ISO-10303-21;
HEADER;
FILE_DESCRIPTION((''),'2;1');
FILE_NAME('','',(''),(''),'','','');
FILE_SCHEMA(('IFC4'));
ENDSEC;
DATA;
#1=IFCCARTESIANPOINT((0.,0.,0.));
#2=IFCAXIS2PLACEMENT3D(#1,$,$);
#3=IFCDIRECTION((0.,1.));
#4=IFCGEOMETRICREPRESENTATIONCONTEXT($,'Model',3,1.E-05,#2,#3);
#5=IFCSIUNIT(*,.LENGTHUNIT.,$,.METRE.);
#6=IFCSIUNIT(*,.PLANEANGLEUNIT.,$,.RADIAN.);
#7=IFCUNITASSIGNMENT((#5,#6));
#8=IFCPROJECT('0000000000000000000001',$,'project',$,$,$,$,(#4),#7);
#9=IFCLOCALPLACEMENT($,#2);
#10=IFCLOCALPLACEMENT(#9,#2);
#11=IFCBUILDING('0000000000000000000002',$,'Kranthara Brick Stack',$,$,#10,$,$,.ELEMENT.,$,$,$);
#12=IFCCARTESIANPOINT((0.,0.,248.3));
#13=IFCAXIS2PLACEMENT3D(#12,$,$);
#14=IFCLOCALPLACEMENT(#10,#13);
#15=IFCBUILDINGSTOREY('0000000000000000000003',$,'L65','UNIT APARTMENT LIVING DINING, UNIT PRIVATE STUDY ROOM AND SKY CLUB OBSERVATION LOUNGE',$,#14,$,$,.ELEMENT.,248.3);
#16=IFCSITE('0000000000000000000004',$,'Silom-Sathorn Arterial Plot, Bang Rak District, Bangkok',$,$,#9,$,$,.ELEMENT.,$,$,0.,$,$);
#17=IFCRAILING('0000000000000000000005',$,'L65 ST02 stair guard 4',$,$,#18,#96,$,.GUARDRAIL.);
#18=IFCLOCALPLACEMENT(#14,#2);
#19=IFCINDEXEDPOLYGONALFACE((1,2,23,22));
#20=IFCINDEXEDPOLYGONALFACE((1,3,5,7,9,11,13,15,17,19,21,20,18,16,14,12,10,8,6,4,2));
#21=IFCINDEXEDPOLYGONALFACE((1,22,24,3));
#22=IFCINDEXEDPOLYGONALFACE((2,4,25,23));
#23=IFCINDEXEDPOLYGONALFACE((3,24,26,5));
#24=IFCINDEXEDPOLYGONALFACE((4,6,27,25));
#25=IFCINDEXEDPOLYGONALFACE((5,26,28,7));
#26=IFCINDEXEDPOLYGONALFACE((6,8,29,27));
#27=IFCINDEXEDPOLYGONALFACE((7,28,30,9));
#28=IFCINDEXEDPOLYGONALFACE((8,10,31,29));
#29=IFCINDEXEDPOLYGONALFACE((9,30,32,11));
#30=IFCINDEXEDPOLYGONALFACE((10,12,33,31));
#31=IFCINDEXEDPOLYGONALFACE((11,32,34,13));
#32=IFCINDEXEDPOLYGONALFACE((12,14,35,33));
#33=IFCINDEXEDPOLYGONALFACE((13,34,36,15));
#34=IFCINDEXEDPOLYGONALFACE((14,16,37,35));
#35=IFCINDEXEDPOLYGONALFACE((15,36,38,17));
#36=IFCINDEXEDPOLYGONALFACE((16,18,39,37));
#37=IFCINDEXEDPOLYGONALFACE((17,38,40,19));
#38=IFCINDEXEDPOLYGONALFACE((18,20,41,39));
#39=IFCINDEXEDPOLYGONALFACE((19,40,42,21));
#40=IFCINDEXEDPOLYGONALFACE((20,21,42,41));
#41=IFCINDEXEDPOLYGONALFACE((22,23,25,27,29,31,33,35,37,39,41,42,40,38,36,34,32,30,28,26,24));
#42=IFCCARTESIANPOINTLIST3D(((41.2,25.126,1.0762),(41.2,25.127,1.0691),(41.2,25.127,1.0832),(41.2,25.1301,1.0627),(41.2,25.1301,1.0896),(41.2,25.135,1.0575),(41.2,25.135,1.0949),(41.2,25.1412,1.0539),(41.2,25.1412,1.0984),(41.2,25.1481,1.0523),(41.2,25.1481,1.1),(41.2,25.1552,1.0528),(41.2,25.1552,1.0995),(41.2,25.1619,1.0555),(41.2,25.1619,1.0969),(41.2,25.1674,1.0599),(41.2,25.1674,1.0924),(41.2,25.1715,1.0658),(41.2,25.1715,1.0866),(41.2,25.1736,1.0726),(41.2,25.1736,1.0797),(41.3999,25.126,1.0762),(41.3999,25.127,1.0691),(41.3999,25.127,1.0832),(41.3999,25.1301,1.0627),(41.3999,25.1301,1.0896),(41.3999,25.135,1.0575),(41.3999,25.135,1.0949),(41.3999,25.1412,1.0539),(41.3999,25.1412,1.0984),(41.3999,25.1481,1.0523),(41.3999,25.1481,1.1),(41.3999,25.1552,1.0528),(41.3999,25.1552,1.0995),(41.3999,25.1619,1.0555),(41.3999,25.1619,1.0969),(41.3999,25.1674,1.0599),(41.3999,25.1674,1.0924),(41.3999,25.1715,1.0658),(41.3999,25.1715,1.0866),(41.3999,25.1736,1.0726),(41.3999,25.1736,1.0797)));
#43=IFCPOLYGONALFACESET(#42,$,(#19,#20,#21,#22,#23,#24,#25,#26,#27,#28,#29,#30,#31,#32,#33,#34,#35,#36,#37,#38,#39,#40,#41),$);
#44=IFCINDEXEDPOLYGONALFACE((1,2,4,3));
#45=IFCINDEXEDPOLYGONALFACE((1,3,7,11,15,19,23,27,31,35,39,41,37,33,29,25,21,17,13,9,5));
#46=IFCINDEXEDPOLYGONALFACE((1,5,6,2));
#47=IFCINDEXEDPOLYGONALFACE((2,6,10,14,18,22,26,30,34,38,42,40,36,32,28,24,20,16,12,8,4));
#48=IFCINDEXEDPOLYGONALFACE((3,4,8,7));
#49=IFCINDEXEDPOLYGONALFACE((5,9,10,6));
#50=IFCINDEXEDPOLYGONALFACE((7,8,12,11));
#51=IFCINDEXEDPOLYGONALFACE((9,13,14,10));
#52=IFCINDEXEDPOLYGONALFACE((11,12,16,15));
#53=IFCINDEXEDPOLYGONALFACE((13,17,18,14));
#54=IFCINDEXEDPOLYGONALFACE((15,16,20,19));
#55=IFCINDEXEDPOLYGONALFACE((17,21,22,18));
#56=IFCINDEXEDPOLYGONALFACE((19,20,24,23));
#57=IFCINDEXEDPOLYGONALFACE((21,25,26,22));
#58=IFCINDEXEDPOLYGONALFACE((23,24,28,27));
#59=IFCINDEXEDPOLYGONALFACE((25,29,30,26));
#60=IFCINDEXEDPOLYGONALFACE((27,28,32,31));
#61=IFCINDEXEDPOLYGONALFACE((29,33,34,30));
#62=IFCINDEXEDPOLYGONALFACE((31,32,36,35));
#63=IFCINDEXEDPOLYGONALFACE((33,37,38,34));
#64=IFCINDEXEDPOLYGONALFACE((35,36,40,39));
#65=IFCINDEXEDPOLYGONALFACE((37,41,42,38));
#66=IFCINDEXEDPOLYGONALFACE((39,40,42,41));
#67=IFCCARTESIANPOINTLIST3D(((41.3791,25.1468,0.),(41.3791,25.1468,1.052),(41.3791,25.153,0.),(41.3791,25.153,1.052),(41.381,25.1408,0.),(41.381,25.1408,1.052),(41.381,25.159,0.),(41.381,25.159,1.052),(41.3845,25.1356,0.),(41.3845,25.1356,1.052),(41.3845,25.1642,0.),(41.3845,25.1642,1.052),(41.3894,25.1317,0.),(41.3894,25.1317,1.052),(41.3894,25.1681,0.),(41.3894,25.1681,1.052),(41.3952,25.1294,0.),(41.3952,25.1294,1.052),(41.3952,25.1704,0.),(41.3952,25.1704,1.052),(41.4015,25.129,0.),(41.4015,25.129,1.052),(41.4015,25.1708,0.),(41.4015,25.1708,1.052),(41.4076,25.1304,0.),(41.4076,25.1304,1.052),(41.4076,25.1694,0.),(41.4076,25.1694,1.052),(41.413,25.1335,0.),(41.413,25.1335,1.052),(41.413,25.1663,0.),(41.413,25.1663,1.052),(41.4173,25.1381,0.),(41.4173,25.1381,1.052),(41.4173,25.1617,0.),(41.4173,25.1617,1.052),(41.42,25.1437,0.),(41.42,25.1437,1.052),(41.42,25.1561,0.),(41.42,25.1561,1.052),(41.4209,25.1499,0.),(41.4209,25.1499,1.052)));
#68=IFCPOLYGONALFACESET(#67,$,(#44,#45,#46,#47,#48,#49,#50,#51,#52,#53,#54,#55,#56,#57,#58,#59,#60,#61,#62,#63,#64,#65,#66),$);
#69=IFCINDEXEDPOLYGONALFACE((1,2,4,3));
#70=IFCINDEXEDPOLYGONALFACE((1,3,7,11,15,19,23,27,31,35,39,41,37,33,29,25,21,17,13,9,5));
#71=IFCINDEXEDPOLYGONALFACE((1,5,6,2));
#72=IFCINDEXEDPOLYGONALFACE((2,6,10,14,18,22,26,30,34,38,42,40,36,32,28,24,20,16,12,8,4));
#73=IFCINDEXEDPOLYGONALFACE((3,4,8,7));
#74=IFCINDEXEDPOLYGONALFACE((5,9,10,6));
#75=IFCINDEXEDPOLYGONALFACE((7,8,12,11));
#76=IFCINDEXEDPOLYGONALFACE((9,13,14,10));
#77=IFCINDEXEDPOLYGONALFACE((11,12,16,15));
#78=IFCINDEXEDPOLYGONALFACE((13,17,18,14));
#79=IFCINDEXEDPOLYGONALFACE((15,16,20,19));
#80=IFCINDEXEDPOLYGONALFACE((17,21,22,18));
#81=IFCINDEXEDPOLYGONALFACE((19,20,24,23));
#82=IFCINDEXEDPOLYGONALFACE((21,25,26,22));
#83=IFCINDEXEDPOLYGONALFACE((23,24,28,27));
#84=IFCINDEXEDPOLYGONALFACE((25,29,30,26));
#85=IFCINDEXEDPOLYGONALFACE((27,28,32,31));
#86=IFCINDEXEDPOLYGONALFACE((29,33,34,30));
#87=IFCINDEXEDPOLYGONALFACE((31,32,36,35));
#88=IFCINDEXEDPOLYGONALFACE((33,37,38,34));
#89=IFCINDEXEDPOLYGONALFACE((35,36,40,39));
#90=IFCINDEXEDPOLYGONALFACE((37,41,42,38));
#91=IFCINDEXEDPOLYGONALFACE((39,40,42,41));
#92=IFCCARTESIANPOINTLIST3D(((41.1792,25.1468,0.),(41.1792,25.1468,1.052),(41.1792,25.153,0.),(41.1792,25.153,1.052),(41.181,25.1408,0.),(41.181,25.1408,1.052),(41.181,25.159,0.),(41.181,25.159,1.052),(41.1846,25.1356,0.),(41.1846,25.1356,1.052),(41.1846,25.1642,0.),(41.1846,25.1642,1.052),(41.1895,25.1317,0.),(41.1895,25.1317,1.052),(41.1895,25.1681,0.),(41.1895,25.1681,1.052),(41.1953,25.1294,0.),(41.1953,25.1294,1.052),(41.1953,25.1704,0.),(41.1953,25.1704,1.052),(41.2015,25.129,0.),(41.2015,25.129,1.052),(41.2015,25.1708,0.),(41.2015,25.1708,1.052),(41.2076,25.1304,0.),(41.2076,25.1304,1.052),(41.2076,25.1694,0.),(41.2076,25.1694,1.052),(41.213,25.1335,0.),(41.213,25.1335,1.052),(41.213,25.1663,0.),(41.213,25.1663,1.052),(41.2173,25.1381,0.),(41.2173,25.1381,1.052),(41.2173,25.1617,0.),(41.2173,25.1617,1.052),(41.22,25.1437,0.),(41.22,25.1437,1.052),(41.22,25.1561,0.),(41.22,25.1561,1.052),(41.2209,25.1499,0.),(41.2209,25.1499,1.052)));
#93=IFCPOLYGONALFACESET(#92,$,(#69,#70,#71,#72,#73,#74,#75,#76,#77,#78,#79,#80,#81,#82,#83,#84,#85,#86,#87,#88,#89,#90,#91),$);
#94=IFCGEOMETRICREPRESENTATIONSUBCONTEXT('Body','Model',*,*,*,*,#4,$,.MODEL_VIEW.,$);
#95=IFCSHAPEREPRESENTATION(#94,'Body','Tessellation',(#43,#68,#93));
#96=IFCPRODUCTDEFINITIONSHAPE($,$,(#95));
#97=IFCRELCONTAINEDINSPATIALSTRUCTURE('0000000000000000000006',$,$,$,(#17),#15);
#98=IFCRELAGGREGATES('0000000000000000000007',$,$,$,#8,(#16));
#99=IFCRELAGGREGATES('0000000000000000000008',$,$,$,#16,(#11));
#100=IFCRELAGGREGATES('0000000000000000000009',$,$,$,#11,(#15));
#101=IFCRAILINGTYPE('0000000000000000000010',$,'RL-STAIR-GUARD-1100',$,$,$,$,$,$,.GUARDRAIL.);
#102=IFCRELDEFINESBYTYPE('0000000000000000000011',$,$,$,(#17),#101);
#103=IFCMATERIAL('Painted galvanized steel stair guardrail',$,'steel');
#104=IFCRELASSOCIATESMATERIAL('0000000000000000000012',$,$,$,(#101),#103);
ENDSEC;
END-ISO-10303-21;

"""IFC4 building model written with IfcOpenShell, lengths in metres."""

from ifc_helpers import new_model, si_unit, direction, frame, origin, origin_2d, place, context, subcontext, project, spatial, circle, extrude, material, type_object, element, save


model = new_model("IFC4")

# Units and contexts
model_context = context("Model", 3, precision=1e-05, world=origin(), true_north=direction((0.0, 1.0)))
body_context = subcontext(model_context, "Body", "Model", "MODEL_VIEW")
ifc_project = project(units=[si_unit("LENGTHUNIT", "METRE"), si_unit("PLANEANGLEUNIT", "RADIAN")], contexts=[model_context])

# Site, building, storey
site_placement = place(None, origin())
site = spatial("IfcSite", under=ifc_project, at=site_placement, Name="Silom-Sathorn Arterial Plot, Bang Rak District, Bangkok", CompositionType="ELEMENT", RefElevation=0.0)
building_placement = place(site_placement, origin())
building = spatial("IfcBuilding", under=site, at=building_placement, Name="Kranthara Brick Stack", CompositionType="ELEMENT")
storey_placement = place(building_placement, frame((0.0, 0.0, 248.3)))
storey = spatial("IfcBuildingStorey", under=building, at=storey_placement, Name="L65", Description="UNIT APARTMENT LIVING DINING, UNIT PRIVATE STUDY ROOM AND SKY CLUB OBSERVATION LOUNGE", CompositionType="ELEMENT", Elevation=248.3)

# Railing
ifc_material_1 = material(Name="Painted galvanized steel stair guardrail", Category="steel")
railing_type = type_object("IfcRailingType", Name="RL-STAIR-GUARD-1100", PredefinedType="GUARDRAIL", material=ifc_material_1)
railing_1_placement = place(storey_placement, frame((41.3999, 25.1499, 0.0)))
element("IfcRailing", 1, at=railing_1_placement, inside=storey, type_object=railing_type, Name="L65 ST02 stair guard 4", PredefinedType="GUARDRAIL", context=body_context, shape_type="SweptSolid", body=[
    extrude(circle(Radius=0.0239, at=origin_2d()), frame((0.0, 0.0, 1.0762), z_axis=(-1.0, 0.0, 0.0), x_axis=(0.0, -1.0, 0.0)), (0.0, 0.0, 1.0), 0.2),
    extrude(circle(Radius=0.021, at=origin_2d()), origin(), (0.0, 0.0, 1.0), 1.052),
    extrude(circle(Radius=0.021, at=origin_2d()), frame((-0.2, 0.0, 0.0)), (0.0, 0.0, 1.0), 1.052),
])

save(model, "model.ifc")
